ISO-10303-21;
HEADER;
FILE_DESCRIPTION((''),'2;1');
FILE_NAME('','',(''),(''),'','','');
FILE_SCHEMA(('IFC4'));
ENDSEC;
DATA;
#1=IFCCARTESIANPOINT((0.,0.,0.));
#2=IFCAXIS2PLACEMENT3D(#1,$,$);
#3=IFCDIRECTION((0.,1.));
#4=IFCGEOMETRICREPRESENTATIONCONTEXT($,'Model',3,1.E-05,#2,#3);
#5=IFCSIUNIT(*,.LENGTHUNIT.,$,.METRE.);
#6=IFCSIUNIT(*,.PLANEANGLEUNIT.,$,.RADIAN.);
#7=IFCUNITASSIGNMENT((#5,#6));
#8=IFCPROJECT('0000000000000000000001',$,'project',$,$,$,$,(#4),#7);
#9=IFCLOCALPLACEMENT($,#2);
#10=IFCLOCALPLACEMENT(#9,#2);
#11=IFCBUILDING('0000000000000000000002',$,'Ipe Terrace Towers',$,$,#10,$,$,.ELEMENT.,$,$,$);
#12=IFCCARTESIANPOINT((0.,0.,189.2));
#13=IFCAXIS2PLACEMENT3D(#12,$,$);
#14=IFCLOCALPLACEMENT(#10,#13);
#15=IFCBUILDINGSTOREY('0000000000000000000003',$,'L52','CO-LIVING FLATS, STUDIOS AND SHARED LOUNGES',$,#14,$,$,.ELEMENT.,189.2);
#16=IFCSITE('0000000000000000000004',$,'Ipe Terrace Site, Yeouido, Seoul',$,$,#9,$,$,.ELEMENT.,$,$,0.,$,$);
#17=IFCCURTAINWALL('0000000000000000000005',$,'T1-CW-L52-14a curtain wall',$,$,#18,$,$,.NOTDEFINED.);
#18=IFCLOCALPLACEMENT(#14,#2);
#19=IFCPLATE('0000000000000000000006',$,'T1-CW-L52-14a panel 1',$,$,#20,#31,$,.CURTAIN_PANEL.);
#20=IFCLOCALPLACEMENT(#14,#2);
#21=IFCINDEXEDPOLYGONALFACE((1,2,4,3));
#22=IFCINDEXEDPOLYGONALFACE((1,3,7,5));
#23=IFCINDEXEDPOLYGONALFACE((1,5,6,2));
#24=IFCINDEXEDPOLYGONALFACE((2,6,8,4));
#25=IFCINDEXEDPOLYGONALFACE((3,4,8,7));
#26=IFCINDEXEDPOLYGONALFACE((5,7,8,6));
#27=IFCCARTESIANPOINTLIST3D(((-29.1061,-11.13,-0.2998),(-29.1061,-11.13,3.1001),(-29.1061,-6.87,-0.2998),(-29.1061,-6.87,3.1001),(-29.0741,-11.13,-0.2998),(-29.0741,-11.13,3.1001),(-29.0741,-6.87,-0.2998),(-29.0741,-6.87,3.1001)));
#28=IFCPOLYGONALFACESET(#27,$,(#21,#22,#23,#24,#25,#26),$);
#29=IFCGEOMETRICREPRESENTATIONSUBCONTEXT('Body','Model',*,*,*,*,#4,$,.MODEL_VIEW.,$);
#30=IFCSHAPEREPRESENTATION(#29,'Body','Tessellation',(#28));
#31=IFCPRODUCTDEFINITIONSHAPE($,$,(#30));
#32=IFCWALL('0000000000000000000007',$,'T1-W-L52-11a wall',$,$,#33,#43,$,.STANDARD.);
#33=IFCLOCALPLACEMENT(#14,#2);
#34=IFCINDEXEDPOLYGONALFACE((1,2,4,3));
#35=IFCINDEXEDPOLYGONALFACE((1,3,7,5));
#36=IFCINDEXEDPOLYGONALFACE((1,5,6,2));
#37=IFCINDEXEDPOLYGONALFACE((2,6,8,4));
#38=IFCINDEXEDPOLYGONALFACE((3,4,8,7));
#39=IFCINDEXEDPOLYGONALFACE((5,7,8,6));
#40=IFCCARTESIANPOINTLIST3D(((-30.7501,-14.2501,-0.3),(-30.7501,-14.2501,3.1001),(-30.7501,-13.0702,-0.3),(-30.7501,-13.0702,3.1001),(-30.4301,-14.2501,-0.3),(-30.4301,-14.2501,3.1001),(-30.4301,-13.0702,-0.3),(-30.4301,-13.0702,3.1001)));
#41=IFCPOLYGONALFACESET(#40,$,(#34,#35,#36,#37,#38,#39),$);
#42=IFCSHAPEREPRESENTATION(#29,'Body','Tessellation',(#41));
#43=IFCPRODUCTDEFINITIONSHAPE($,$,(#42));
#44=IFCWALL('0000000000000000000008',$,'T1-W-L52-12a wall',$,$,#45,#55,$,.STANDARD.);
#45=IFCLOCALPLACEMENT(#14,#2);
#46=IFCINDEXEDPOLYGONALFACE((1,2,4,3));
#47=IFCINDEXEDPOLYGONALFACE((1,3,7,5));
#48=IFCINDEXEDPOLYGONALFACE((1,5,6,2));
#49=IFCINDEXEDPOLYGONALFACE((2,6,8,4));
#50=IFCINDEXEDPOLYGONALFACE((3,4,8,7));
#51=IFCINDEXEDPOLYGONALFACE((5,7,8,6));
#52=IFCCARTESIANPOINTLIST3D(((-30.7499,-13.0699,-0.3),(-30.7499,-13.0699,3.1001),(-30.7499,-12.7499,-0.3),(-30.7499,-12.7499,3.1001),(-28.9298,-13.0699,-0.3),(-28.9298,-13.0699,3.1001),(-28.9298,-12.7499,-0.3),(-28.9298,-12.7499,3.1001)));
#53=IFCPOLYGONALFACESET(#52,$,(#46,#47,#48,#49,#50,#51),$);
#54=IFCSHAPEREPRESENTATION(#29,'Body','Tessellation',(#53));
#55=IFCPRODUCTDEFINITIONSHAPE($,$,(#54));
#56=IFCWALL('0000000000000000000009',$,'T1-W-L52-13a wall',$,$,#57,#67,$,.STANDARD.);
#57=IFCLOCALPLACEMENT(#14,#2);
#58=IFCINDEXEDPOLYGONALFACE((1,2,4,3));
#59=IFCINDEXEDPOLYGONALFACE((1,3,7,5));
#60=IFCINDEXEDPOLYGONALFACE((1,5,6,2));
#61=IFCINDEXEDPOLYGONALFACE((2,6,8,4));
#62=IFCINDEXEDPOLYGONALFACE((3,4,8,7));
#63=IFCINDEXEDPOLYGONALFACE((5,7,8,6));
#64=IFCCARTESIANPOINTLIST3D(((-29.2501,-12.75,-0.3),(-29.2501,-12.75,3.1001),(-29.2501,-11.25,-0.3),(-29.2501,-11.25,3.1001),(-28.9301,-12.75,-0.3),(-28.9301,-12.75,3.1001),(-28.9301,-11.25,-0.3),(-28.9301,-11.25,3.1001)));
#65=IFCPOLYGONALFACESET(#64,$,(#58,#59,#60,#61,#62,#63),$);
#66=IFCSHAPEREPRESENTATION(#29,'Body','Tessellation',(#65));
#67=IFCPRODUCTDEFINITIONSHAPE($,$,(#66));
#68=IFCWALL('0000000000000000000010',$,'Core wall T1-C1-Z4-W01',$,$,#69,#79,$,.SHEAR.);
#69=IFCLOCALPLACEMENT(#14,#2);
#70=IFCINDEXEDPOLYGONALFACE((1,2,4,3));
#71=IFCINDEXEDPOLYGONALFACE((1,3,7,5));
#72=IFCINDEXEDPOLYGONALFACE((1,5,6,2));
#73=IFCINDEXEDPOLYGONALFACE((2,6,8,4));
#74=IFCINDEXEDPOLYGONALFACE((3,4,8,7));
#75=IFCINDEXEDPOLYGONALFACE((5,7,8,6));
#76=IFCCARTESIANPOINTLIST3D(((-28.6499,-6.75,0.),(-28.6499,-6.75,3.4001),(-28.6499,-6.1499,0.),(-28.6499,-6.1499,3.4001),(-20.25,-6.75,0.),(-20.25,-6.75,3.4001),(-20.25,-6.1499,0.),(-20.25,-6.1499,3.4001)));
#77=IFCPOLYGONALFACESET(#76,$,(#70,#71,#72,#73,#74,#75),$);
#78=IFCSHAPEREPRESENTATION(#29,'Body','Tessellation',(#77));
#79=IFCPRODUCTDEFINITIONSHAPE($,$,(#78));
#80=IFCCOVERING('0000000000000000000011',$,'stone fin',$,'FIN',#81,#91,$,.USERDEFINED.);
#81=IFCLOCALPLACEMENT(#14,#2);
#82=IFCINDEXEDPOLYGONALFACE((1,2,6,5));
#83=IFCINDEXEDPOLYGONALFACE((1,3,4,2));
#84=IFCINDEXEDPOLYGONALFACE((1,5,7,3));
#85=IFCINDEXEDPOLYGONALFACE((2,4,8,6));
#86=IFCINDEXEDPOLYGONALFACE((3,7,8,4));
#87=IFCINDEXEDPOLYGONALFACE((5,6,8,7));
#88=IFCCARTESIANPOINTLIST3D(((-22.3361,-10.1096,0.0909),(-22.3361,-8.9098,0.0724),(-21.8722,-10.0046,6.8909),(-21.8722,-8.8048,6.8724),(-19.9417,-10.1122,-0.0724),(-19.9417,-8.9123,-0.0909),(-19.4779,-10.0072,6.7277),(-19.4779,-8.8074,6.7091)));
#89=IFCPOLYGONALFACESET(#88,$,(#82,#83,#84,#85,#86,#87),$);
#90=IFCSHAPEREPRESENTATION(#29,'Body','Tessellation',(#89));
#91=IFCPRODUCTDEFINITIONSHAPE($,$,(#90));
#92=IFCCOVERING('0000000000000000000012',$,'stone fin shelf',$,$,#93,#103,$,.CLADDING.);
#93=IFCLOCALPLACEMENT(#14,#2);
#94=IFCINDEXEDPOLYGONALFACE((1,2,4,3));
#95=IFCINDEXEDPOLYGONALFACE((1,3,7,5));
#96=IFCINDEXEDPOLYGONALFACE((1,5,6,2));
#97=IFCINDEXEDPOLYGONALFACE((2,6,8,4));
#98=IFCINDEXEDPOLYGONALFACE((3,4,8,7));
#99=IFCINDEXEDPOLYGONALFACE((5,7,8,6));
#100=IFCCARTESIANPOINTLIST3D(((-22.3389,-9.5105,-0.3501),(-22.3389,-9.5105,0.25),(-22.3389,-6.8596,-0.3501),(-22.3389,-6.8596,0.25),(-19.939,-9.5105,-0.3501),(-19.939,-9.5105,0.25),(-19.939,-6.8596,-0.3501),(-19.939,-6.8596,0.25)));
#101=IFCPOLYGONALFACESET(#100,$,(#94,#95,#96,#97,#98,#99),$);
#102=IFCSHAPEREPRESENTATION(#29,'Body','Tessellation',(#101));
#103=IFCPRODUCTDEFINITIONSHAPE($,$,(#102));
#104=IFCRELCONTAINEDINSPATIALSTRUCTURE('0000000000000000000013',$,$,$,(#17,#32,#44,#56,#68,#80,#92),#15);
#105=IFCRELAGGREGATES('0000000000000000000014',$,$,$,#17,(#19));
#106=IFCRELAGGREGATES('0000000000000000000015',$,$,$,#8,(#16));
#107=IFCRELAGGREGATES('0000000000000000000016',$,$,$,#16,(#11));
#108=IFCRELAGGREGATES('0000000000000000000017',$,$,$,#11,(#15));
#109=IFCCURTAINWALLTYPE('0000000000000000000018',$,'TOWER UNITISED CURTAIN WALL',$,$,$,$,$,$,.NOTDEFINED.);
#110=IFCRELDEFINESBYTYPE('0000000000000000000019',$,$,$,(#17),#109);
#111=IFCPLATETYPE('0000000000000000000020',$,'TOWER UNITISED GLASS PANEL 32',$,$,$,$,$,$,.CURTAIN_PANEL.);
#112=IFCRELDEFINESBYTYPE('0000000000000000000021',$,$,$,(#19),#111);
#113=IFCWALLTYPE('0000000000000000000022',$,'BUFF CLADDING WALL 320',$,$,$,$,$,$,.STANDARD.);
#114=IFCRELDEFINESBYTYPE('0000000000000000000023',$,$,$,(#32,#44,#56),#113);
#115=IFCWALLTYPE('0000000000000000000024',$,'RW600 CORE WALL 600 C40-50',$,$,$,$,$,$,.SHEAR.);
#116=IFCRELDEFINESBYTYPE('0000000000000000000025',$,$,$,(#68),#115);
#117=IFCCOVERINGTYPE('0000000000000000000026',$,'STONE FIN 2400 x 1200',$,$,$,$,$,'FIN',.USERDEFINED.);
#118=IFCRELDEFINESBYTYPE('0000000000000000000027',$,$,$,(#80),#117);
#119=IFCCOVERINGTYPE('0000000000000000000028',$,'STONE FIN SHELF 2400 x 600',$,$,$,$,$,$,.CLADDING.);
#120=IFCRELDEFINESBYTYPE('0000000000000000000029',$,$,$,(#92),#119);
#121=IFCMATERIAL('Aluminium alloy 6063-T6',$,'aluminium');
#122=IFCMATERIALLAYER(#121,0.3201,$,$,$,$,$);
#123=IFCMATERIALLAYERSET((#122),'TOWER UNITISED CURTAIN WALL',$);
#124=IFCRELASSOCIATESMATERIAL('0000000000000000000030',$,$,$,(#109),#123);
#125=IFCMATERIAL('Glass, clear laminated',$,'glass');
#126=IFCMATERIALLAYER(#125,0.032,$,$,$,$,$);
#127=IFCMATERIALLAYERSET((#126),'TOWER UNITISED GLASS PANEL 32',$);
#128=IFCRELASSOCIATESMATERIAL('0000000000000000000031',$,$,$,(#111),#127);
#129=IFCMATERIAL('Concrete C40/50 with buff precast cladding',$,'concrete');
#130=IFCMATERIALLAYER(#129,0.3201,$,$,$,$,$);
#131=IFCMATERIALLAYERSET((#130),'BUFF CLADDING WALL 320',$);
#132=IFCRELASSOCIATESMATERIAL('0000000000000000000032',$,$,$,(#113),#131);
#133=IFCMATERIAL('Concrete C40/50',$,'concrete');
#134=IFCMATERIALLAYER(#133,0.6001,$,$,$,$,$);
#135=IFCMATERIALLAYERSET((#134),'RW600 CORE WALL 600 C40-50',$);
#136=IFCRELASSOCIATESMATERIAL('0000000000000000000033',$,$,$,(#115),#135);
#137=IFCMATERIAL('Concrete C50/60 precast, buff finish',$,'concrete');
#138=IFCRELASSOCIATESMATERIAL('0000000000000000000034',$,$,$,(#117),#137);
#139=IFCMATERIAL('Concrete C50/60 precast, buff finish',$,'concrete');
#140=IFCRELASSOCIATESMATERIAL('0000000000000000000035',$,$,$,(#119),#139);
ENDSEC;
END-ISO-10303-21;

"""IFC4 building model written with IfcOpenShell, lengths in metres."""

from ifc_helpers import new_model, si_unit, direction, frame, frame_2d, origin, origin_2d, place, context, subcontext, project, spatial, rectangle, extrude, material, layer, layer_set, material_profile, profile_set, type_object, element, aggregate, save


model = new_model("IFC4")

# Units and contexts
model_context = context("Model", 3, precision=1e-05, world=origin(), true_north=direction((0.0, 1.0)))
body_context = subcontext(model_context, "Body", "Model", "MODEL_VIEW")
ifc_project = project(units=[si_unit("LENGTHUNIT", "METRE"), si_unit("PLANEANGLEUNIT", "RADIAN")], contexts=[model_context])

# Site, building, storey
site_placement = place(None, origin())
site = spatial("IfcSite", under=ifc_project, at=site_placement, Name="Ipe Terrace Site, Yeouido, Seoul", CompositionType="ELEMENT", RefElevation=0.0)
building_placement = place(site_placement, origin())
building = spatial("IfcBuilding", under=site, at=building_placement, Name="Ipe Terrace Towers", CompositionType="ELEMENT")
storey_placement = place(building_placement, frame((0.0, 0.0, 189.2)))
storey = spatial("IfcBuildingStorey", under=building, at=storey_placement, Name="L52", Description="CO-LIVING FLATS, STUDIOS AND SHARED LOUNGES", CompositionType="ELEMENT", Elevation=189.2)

# Curtain wall
ifc_material_1 = material(Name="Aluminium alloy 6063-T6", Category="aluminium")
ifc_layer_1 = layer(ifc_material_1, 0.3201)
ifc_layer_set_1 = layer_set([ifc_layer_1], Name="TOWER UNITISED CURTAIN WALL")
curtain_wall_type = type_object("IfcCurtainWallType", Name="TOWER UNITISED CURTAIN WALL", PredefinedType="NOTDEFINED", material=ifc_layer_set_1)
curtain_wall_1_placement = place(storey_placement, origin())
curtain_wall_1 = element("IfcCurtainWall", 1, at=curtain_wall_1_placement, inside=storey, type_object=curtain_wall_type, Name="T1-CW-L52-14a curtain wall", PredefinedType="NOTDEFINED")

# Plate
ifc_material_2 = material(Name="Glass, clear laminated", Category="glass")
ifc_layer_2 = layer(ifc_material_2, 0.032)
ifc_layer_set_2 = layer_set([ifc_layer_2], Name="TOWER UNITISED GLASS PANEL 32")
plate_type = type_object("IfcPlateType", Name="TOWER UNITISED GLASS PANEL 32", PredefinedType="CURTAIN_PANEL", material=ifc_layer_set_2)
plate_placement = place(storey_placement, frame((-29.0901, -9.0, -0.2998), z_axis=(0.0, 0.0, 1.0), x_axis=(0.0, 1.0, 0.0)))
plate = element("IfcPlate", 2, at=plate_placement, type_object=plate_type, Name="T1-CW-L52-14a panel 1", PredefinedType="CURTAIN_PANEL", context=body_context, shape_type="SweptSolid", body=[
    extrude(rectangle(XDim=4.26, YDim=0.032, at=origin_2d()), origin(), (0.0, 0.0, 1.0), 3.3999),
])
aggregate(curtain_wall_1, [plate])

# Walls
ifc_material_3 = material(Name="Concrete C40/50 with buff precast cladding", Category="concrete")
ifc_layer_3 = layer(ifc_material_3, 0.3201)
ifc_layer_set_3 = layer_set([ifc_layer_3], Name="BUFF CLADDING WALL 320")
wall_type_1 = type_object("IfcWallType", Name="BUFF CLADDING WALL 320", PredefinedType="STANDARD", material=ifc_layer_set_3)
wall_1_placement = place(storey_placement, frame((-30.5901, -14.25, -0.3), z_axis=(0.0, 0.0, 1.0), x_axis=(0.0, 1.0, 0.0)))
element("IfcWall", 3, at=wall_1_placement, inside=storey, type_object=wall_type_1, Name="T1-W-L52-11a wall", PredefinedType="STANDARD", context=body_context, shape_type="SweptSolid", body=[
    extrude(rectangle(XDim=1.1799, YDim=0.3201, at=frame_2d((0.5898, 0.0))), origin(), (0.0, 0.0, 1.0), 3.4001),
])
wall_2_placement = place(storey_placement, frame((-30.75, -12.9099, -0.3), z_axis=(0.0, 0.0, 1.0), x_axis=(1.0, 0.0, 0.0)))
element("IfcWall", 4, at=wall_2_placement, inside=storey, type_object=wall_type_1, Name="T1-W-L52-12a wall", PredefinedType="STANDARD", context=body_context, shape_type="SweptSolid", body=[
    extrude(rectangle(XDim=1.8201, YDim=0.3201, at=frame_2d((0.9102, 0.0))), origin(), (0.0, 0.0, 1.0), 3.4001),
])
wall_3_placement = place(storey_placement, frame((-29.0901, -12.75, -0.3), z_axis=(0.0, 0.0, 1.0), x_axis=(0.0, 1.0, 0.0)))
element("IfcWall", 5, at=wall_3_placement, inside=storey, type_object=wall_type_1, Name="T1-W-L52-13a wall", PredefinedType="STANDARD", context=body_context, shape_type="SweptSolid", body=[
    extrude(rectangle(XDim=1.5, YDim=0.3201, at=frame_2d((0.75, 0.0))), origin(), (0.0, 0.0, 1.0), 3.4001),
])
ifc_material_4 = material(Name="Concrete C40/50", Category="concrete")
ifc_layer_4 = layer(ifc_material_4, 0.6001)
ifc_layer_set_4 = layer_set([ifc_layer_4], Name="RW600 CORE WALL 600 C40-50")
wall_type_2 = type_object("IfcWallType", Name="RW600 CORE WALL 600 C40-50", PredefinedType="SHEAR", material=ifc_layer_set_4)
wall_4_placement = place(storey_placement, frame((-28.6499, -6.45, 0.0), z_axis=(0.0, 0.0, 1.0), x_axis=(1.0, 0.0, 0.0)))
element("IfcWall", 6, at=wall_4_placement, inside=storey, type_object=wall_type_2, Name="Core wall T1-C1-Z4-W01", PredefinedType="SHEAR", context=body_context, shape_type="SweptSolid", body=[
    extrude(rectangle(XDim=8.3999, YDim=0.6001, at=frame_2d((4.2, 0.0))), origin(), (0.0, 0.0, 1.0), 3.4001),
])

# Coverings
ifc_material_5 = material(Name="Concrete C50/60 precast, buff finish", Category="concrete")
ifc_material_profile_1 = material_profile(ifc_material_5, rectangle(XDim=2.3999, YDim=1.2, at=origin_2d()), Name="STONE FIN 2400 x 1200")
ifc_profile_set_1 = profile_set([ifc_material_profile_1], Name="Concrete C50/60 precast, buff finish")
covering_type_1 = type_object("IfcCoveringType", Name="STONE FIN 2400 x 1200", ElementType="FIN", PredefinedType="USERDEFINED", material=ifc_profile_set_1)
covering_1_placement = place(storey_placement, frame((-21.1389, -9.511, 0.0), z_axis=(0.068049, 0.015401, 0.997563), x_axis=(0.997682, -0.00105, -0.068041)))
element("IfcCovering", 7, at=covering_1_placement, inside=storey, type_object=covering_type_1, Name="stone fin", ObjectType="FIN", PredefinedType="USERDEFINED", context=body_context, shape_type="SweptSolid", body=[
    extrude(rectangle(XDim=2.3999, YDim=1.2, at=origin_2d()), origin(), (0.0, 0.0, 1.0), 6.8167),
])
ifc_material_6 = material(Name="Concrete C50/60 precast, buff finish", Category="concrete")
covering_type_2 = type_object("IfcCoveringType", Name="STONE FIN SHELF 2400 x 600", PredefinedType="CLADDING", material=ifc_material_6)
covering_2_placement = place(storey_placement, frame((-21.1389, -8.1851, -0.3501), z_axis=(0.0, 0.0, 1.0), x_axis=(1.0, 0.0, 0.0)))
element("IfcCovering", 8, at=covering_2_placement, inside=storey, type_object=covering_type_2, Name="stone fin shelf", PredefinedType="CLADDING", context=body_context, shape_type="SweptSolid", body=[
    extrude(rectangle(XDim=2.3999, YDim=2.6509, at=origin_2d()), origin(), (0.0, 0.0, 1.0), 0.6001),
])

save(model, "model.ifc")
